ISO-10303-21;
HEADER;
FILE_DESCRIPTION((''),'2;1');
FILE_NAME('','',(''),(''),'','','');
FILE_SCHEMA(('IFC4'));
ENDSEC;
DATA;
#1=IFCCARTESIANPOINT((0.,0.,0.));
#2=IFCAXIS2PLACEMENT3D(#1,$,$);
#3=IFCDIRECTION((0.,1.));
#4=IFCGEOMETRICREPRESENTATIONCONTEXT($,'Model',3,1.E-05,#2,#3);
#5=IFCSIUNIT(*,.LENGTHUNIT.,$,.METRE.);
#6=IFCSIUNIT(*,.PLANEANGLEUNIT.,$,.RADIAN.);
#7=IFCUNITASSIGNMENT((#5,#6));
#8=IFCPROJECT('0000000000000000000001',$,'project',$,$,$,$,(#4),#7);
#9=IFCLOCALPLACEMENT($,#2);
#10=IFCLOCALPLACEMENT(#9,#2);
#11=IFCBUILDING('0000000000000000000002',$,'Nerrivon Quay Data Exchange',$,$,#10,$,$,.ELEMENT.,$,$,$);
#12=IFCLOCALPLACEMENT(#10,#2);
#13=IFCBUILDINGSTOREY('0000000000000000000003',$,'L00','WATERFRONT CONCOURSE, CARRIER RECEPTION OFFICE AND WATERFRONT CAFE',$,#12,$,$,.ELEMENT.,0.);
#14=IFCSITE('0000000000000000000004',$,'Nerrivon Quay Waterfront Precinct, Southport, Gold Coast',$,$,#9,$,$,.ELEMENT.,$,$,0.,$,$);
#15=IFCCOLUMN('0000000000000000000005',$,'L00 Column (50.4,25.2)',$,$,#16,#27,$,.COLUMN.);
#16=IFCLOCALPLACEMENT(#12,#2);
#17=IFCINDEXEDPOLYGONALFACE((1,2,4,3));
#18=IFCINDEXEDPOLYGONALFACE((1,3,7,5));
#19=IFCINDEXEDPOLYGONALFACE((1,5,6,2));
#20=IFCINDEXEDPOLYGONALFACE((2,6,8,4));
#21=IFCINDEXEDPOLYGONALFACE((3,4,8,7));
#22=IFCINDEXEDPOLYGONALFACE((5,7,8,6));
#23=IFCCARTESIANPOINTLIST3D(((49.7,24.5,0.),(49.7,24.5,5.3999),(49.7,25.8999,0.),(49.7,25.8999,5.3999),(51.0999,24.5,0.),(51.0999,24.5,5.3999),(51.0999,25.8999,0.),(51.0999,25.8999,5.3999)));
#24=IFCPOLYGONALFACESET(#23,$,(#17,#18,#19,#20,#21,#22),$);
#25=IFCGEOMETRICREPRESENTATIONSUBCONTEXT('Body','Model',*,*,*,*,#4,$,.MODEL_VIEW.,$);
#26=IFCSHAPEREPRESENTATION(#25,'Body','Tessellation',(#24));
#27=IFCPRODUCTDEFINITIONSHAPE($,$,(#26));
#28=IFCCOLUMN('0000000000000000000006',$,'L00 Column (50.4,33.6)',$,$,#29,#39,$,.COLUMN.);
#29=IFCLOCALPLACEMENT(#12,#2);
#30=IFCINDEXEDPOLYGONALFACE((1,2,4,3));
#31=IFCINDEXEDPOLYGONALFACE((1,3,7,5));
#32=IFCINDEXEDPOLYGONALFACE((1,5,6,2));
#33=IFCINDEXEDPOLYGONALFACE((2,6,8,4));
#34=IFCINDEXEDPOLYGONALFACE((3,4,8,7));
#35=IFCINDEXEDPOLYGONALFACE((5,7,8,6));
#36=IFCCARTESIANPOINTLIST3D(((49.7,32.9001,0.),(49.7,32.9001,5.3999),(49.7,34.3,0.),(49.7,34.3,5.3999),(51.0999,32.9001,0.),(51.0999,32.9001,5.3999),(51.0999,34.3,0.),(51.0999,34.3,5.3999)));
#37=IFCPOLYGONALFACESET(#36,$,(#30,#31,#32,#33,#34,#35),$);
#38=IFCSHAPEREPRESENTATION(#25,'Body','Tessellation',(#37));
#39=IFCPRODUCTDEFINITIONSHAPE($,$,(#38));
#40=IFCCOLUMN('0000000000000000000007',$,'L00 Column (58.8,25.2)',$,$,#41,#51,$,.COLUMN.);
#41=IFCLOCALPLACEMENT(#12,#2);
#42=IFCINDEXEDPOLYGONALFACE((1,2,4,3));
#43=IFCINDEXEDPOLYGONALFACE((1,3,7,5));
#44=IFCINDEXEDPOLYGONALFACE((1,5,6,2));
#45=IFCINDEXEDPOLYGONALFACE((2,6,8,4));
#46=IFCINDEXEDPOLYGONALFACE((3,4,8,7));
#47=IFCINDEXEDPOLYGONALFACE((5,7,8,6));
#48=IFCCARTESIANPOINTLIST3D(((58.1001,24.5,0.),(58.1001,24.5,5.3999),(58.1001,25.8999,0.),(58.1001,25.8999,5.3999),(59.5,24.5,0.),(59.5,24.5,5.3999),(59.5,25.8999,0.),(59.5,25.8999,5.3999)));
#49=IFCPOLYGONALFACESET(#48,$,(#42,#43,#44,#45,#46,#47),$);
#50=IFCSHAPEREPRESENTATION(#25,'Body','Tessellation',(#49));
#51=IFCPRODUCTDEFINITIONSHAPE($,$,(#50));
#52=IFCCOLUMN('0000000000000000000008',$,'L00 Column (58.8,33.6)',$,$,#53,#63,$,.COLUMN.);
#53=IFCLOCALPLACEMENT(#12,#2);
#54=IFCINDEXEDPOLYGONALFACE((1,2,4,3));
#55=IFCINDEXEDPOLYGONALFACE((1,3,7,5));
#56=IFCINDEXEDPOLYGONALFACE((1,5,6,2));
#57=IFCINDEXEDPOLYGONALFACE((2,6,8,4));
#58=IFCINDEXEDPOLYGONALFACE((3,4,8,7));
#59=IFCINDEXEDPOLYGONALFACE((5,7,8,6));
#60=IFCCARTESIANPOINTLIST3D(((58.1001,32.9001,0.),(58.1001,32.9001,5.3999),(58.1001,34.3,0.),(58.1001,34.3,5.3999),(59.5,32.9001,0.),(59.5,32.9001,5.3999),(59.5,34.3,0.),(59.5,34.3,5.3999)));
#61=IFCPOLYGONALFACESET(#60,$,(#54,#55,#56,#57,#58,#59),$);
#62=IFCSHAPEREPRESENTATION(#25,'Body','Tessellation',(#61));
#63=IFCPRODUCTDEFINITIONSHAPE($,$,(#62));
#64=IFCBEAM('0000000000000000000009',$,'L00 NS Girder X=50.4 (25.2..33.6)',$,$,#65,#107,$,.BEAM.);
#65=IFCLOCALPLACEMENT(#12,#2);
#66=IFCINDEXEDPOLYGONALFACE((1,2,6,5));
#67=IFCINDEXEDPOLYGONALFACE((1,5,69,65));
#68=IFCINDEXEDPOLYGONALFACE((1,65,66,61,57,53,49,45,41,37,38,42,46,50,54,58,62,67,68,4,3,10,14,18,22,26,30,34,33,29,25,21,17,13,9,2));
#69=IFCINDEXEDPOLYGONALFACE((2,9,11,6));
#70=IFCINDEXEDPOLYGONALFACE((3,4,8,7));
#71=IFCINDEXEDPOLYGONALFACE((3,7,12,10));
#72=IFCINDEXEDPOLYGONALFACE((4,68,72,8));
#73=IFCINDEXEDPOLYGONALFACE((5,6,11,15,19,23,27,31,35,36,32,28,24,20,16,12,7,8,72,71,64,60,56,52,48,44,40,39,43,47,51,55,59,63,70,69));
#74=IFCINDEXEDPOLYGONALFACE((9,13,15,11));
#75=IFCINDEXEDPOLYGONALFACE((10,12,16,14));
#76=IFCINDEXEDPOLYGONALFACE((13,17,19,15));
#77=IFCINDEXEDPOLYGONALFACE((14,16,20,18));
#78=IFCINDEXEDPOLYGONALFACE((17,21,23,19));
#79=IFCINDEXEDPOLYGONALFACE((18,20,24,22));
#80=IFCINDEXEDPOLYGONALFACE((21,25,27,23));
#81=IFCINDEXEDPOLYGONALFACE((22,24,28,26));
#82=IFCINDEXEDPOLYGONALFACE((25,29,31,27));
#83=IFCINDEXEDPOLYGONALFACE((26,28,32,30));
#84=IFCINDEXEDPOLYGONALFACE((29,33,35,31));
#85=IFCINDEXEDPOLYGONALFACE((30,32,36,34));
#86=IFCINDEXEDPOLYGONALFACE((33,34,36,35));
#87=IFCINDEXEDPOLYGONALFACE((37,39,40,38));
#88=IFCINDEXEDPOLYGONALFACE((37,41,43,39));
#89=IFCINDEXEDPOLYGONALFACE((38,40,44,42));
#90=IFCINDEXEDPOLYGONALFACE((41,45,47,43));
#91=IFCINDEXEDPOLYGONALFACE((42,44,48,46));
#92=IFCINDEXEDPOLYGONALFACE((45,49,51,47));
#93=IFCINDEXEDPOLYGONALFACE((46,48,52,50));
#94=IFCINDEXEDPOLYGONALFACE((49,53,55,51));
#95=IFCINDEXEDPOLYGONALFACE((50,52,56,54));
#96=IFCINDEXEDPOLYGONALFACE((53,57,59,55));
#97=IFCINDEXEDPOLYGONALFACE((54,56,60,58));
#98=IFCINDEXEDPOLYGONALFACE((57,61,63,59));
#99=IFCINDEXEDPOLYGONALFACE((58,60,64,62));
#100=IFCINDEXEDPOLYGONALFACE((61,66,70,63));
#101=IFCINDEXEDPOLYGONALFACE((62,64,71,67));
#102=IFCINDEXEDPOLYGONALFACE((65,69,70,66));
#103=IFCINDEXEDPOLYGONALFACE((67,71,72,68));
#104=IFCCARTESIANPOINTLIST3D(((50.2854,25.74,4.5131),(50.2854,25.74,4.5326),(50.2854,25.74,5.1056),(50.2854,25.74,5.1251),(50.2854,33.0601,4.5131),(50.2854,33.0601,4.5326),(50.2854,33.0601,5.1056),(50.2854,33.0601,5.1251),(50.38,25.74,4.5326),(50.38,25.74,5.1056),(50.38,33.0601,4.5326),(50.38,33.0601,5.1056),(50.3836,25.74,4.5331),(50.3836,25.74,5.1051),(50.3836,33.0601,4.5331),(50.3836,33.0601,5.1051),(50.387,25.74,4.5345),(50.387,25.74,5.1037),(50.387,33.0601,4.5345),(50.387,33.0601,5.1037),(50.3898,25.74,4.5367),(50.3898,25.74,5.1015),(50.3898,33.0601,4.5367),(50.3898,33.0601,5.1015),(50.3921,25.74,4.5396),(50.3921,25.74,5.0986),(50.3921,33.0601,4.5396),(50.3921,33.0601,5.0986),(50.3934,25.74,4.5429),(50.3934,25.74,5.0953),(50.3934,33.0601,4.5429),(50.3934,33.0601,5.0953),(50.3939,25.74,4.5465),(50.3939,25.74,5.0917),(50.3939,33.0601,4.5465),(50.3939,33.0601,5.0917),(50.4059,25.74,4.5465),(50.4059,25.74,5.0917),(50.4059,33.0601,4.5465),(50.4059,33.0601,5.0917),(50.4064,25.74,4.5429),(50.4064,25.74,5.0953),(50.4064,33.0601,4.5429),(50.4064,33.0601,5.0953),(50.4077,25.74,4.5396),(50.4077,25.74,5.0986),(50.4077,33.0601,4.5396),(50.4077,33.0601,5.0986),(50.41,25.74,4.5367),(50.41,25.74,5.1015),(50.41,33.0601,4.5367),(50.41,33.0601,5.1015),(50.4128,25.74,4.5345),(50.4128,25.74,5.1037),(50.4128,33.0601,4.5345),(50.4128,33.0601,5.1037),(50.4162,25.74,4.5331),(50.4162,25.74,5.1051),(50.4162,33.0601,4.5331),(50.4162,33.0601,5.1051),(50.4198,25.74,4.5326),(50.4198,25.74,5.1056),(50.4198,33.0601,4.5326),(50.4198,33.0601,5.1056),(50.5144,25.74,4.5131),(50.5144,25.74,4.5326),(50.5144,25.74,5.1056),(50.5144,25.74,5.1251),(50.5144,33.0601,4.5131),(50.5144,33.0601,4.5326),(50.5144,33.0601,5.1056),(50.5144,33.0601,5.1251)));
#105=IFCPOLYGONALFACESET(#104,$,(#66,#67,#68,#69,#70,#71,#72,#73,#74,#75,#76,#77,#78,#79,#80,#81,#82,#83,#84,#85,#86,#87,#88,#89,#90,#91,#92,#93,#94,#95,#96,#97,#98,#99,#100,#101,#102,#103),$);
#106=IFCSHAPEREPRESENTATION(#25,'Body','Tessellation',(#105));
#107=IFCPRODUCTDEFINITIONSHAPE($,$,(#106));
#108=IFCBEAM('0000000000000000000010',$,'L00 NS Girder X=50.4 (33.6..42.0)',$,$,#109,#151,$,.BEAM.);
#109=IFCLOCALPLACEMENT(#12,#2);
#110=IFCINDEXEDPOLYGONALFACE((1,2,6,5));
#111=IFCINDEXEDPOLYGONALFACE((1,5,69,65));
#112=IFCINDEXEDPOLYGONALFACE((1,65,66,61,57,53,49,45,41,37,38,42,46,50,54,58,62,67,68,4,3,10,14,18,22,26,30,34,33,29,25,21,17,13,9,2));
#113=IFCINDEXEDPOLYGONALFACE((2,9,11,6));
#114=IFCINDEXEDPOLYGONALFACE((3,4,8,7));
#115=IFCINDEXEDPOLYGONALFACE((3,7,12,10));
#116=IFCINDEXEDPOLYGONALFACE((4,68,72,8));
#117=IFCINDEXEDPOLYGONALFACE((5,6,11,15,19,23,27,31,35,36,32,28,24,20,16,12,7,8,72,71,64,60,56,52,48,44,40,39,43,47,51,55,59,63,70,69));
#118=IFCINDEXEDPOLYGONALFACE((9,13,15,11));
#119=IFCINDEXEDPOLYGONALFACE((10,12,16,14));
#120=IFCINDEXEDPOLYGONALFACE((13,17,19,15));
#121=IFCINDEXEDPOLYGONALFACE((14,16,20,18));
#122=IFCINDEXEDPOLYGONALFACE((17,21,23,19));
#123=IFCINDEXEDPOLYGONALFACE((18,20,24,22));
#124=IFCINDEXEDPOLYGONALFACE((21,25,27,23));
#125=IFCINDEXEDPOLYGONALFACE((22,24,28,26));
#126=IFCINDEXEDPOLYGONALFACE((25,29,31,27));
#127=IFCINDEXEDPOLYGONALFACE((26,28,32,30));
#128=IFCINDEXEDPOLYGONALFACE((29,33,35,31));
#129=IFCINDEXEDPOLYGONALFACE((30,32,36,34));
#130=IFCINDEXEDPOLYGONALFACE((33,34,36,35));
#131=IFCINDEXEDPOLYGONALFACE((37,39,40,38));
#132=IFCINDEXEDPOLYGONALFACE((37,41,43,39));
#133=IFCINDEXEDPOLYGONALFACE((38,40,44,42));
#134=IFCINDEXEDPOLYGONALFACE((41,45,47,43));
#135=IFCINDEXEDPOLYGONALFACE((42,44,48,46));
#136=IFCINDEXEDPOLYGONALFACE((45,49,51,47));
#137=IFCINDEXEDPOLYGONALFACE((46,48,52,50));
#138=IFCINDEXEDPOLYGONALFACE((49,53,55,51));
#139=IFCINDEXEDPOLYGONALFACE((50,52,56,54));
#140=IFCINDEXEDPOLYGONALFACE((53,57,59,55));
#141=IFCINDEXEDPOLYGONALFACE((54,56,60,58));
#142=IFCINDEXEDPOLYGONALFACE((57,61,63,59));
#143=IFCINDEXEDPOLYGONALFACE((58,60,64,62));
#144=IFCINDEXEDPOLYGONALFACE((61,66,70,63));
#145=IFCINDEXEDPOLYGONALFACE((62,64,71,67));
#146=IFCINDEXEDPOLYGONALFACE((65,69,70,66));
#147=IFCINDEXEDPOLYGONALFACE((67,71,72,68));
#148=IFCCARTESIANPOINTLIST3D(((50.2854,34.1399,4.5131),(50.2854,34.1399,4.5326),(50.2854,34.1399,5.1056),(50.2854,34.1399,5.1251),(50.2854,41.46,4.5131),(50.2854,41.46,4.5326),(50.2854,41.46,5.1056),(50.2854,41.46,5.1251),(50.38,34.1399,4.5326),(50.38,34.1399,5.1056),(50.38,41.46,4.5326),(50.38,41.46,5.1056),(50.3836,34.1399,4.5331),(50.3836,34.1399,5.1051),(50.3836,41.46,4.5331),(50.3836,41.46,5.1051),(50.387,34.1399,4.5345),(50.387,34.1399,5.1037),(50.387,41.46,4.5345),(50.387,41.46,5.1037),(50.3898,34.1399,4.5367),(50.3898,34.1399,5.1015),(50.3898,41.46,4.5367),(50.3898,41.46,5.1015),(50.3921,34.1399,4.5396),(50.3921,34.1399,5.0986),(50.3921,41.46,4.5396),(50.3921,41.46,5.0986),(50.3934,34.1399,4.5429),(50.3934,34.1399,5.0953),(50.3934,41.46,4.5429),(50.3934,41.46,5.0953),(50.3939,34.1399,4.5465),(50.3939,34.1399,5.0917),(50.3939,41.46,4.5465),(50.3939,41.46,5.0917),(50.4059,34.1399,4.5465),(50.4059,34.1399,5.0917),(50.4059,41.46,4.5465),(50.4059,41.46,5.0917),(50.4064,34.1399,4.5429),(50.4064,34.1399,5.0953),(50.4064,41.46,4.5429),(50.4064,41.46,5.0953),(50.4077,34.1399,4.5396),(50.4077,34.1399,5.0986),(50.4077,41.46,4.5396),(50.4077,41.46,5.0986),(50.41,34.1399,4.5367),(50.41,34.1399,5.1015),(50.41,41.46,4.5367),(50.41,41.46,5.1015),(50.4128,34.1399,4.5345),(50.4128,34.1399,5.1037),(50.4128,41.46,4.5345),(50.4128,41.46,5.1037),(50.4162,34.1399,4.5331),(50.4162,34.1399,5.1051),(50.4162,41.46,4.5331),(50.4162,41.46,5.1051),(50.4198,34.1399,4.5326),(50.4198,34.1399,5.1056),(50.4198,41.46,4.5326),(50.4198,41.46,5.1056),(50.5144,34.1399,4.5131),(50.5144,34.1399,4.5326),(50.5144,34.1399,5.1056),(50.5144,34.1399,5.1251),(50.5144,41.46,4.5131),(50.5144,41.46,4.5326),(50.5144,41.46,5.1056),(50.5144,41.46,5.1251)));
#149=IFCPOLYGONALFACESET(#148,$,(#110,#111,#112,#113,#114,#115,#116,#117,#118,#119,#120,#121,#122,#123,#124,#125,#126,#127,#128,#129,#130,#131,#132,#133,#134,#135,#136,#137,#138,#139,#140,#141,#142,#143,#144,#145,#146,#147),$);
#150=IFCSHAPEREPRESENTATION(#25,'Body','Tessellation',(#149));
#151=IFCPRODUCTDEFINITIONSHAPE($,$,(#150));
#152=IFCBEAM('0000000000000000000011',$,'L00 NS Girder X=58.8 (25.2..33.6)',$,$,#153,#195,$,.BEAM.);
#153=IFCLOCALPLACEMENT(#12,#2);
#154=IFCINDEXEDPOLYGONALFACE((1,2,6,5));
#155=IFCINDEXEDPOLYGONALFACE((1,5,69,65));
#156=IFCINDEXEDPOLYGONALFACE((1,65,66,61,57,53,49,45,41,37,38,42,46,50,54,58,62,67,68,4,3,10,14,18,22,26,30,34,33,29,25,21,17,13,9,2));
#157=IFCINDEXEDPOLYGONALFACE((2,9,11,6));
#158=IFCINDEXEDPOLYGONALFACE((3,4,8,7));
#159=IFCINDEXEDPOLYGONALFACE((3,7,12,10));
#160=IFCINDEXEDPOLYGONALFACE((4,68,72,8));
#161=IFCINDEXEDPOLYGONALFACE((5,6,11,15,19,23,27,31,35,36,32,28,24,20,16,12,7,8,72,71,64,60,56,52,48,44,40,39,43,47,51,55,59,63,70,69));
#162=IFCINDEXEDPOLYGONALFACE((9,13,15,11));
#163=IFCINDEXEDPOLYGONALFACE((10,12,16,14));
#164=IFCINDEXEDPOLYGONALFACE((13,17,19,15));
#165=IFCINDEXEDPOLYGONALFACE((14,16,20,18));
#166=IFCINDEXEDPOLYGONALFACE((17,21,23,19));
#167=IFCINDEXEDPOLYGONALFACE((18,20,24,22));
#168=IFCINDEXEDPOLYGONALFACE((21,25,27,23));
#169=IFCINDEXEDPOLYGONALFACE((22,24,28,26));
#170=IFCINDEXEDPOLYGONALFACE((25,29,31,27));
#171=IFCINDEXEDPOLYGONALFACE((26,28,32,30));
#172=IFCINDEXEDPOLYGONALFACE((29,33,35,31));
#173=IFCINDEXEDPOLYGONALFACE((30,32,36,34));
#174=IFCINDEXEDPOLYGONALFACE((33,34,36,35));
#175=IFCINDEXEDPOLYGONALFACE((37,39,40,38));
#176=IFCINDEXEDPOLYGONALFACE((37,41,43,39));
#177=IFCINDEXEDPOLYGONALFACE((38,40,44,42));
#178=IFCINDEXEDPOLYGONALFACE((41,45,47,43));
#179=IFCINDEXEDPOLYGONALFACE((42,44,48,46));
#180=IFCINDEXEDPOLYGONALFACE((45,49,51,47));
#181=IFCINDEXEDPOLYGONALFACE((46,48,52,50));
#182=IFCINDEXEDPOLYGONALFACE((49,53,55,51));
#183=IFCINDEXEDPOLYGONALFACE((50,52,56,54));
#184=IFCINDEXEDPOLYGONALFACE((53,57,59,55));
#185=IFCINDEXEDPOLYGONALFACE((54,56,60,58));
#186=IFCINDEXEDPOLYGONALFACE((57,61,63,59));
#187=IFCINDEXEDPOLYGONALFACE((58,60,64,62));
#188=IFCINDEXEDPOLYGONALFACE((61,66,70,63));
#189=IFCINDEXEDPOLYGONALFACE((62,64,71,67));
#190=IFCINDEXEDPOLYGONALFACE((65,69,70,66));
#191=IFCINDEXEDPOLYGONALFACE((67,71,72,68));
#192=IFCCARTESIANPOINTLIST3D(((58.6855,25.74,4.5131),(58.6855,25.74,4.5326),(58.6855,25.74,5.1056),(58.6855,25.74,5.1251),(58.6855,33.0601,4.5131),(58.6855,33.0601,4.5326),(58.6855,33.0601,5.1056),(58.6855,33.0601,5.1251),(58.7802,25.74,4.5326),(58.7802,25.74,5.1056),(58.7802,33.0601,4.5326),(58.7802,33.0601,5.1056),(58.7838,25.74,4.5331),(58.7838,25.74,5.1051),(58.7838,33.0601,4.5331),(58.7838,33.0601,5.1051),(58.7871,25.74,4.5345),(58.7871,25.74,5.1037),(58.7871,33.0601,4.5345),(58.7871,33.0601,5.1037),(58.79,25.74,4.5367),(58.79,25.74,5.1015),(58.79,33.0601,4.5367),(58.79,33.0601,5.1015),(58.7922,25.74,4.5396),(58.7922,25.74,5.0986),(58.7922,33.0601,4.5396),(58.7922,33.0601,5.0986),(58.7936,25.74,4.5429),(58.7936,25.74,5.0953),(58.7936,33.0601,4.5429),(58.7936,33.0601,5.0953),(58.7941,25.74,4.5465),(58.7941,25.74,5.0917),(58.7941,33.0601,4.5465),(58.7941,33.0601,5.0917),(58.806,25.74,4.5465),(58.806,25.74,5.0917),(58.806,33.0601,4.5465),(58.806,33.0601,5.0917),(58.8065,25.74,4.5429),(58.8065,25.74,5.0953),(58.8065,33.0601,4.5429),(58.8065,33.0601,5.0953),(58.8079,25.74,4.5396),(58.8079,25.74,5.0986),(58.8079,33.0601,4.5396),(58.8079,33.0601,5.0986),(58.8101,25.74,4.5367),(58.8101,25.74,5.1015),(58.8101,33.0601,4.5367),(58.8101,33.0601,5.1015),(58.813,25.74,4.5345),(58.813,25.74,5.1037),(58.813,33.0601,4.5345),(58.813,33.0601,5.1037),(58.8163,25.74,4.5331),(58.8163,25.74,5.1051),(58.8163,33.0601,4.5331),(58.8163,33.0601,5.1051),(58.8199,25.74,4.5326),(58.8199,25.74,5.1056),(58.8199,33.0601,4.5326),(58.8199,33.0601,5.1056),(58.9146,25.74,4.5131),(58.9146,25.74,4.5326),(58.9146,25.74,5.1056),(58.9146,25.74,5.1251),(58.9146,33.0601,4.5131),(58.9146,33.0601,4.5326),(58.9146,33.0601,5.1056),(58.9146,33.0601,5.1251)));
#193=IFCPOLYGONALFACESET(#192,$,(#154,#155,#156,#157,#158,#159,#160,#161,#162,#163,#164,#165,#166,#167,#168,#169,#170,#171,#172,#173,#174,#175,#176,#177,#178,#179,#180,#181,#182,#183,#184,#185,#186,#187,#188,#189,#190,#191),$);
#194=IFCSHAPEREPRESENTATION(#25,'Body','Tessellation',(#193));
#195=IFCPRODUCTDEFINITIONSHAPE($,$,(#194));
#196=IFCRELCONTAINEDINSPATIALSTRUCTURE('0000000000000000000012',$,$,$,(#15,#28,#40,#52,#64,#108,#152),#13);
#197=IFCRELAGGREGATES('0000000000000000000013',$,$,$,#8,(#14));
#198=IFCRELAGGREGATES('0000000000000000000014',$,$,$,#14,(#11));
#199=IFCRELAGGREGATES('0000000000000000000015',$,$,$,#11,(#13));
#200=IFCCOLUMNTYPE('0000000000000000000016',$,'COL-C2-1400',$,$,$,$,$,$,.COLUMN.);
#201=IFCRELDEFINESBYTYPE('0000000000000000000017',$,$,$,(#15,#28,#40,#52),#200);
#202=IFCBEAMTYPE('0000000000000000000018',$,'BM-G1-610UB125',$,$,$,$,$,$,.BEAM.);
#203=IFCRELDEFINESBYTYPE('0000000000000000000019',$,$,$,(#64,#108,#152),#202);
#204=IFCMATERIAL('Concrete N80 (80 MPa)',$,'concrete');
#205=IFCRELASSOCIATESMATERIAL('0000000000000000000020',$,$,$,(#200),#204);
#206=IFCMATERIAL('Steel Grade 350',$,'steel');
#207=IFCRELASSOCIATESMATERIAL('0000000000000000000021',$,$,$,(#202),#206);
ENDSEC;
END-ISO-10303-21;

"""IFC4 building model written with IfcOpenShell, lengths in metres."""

from ifc_helpers import new_model, si_unit, direction, frame, origin, origin_2d, place, context, subcontext, project, spatial, rectangle, i_section, extrude, material, material_profile, profile_set, type_object, element, save


model = new_model("IFC4")

# Units and contexts
model_context = context("Model", 3, precision=1e-05, world=origin(), true_north=direction((0.0, 1.0)))
body_context = subcontext(model_context, "Body", "Model", "MODEL_VIEW")
ifc_project = project(units=[si_unit("LENGTHUNIT", "METRE"), si_unit("PLANEANGLEUNIT", "RADIAN")], contexts=[model_context])

# Site, building, storey
site_placement = place(None, origin())
site = spatial("IfcSite", under=ifc_project, at=site_placement, Name="Nerrivon Quay Waterfront Precinct, Southport, Gold Coast", CompositionType="ELEMENT", RefElevation=0.0)
building_placement = place(site_placement, origin())
building = spatial("IfcBuilding", under=site, at=building_placement, Name="Nerrivon Quay Data Exchange", CompositionType="ELEMENT")
storey_placement = place(building_placement, origin())
storey = spatial("IfcBuildingStorey", under=building, at=storey_placement, Name="L00", Description="WATERFRONT CONCOURSE, CARRIER RECEPTION OFFICE AND WATERFRONT CAFE", CompositionType="ELEMENT", Elevation=0.0)

# Columns
ifc_material_1 = material(Name="Concrete N80 (80 MPa)", Category="concrete")
ifc_material_profile_1 = material_profile(ifc_material_1, rectangle(XDim=1.3999, YDim=1.3999, at=origin_2d()), Name="RC-COL-1400x1400")
ifc_profile_set_1 = profile_set([ifc_material_profile_1], Name="Concrete N80 (80 MPa)")
column_type = type_object("IfcColumnType", Name="COL-C2-1400", PredefinedType="COLUMN", material=ifc_profile_set_1)
for number, where, z_axis, x_axis, name in (
    (1, (50.3999, 25.2, 0.0), (0.0, 0.0, 1.0), (1.0, 0.0, 0.0), "L00 Column (50.4,25.2)"),
    (2, (50.3999, 33.6001, 0.0), (0.0, 0.0, 1.0), (1.0, 0.0, 0.0), "L00 Column (50.4,33.6)"),
    (3, (58.8, 25.2, 0.0), (0.0, 0.0, 1.0), (1.0, 0.0, 0.0), "L00 Column (58.8,25.2)"),
    (4, (58.8, 33.6001, 0.0), (0.0, 0.0, 1.0), (1.0, 0.0, 0.0), "L00 Column (58.8,33.6)"),
):
    element("IfcColumn", number, at=place(storey_placement, frame(where, z_axis=z_axis, x_axis=x_axis)), inside=storey, type_object=column_type, Name=name, PredefinedType="COLUMN", context=body_context, shape_type="SweptSolid", body=[
        extrude(rectangle(XDim=1.3999, YDim=1.3999, at=origin_2d()), origin(), (0.0, 0.0, 1.0), 5.3999),
    ])

# Beams
ifc_material_2 = material(Name="Steel Grade 350", Category="steel")
ifc_material_profile_2 = material_profile(ifc_material_2, i_section(OverallWidth=0.229, OverallDepth=0.6121, WebThickness=0.012, FlangeThickness=0.0195, FilletRadius=0.0139, at=origin_2d()), Name="610UB125")
ifc_profile_set_2 = profile_set([ifc_material_profile_2], Name="Steel Grade 350")
beam_type_1 = type_object("IfcBeamType", Name="BM-G1-610UB125", PredefinedType="BEAM", material=ifc_profile_set_2)
for number, where, z_axis, x_axis, name in (
    (5, (50.3999, 25.74, 4.8191), (0.0, 1.0, 0.0), (-1.0, 0.0, 0.0), "L00 NS Girder X=50.4 (25.2..33.6)"),
    (6, (50.3999, 34.1399, 4.8191), (0.0, 1.0, 0.0), (-1.0, 0.0, 0.0), "L00 NS Girder X=50.4 (33.6..42.0)"),
    (7, (58.8, 25.74, 4.8191), (0.0, 1.0, 0.0), (-1.0, 0.0, 0.0), "L00 NS Girder X=58.8 (25.2..33.6)"),
):
    element("IfcBeam", number, at=place(storey_placement, frame(where, z_axis=z_axis, x_axis=x_axis)), inside=storey, type_object=beam_type_1, Name=name, PredefinedType="BEAM", context=body_context, shape_type="SweptSolid", body=[
        extrude(i_section(OverallWidth=0.229, OverallDepth=0.6121, WebThickness=0.012, FlangeThickness=0.0195, FilletRadius=0.0139, at=origin_2d()), origin(), (0.0, 0.0, 1.0), 7.3201),
    ])

save(model, "model.ifc")
